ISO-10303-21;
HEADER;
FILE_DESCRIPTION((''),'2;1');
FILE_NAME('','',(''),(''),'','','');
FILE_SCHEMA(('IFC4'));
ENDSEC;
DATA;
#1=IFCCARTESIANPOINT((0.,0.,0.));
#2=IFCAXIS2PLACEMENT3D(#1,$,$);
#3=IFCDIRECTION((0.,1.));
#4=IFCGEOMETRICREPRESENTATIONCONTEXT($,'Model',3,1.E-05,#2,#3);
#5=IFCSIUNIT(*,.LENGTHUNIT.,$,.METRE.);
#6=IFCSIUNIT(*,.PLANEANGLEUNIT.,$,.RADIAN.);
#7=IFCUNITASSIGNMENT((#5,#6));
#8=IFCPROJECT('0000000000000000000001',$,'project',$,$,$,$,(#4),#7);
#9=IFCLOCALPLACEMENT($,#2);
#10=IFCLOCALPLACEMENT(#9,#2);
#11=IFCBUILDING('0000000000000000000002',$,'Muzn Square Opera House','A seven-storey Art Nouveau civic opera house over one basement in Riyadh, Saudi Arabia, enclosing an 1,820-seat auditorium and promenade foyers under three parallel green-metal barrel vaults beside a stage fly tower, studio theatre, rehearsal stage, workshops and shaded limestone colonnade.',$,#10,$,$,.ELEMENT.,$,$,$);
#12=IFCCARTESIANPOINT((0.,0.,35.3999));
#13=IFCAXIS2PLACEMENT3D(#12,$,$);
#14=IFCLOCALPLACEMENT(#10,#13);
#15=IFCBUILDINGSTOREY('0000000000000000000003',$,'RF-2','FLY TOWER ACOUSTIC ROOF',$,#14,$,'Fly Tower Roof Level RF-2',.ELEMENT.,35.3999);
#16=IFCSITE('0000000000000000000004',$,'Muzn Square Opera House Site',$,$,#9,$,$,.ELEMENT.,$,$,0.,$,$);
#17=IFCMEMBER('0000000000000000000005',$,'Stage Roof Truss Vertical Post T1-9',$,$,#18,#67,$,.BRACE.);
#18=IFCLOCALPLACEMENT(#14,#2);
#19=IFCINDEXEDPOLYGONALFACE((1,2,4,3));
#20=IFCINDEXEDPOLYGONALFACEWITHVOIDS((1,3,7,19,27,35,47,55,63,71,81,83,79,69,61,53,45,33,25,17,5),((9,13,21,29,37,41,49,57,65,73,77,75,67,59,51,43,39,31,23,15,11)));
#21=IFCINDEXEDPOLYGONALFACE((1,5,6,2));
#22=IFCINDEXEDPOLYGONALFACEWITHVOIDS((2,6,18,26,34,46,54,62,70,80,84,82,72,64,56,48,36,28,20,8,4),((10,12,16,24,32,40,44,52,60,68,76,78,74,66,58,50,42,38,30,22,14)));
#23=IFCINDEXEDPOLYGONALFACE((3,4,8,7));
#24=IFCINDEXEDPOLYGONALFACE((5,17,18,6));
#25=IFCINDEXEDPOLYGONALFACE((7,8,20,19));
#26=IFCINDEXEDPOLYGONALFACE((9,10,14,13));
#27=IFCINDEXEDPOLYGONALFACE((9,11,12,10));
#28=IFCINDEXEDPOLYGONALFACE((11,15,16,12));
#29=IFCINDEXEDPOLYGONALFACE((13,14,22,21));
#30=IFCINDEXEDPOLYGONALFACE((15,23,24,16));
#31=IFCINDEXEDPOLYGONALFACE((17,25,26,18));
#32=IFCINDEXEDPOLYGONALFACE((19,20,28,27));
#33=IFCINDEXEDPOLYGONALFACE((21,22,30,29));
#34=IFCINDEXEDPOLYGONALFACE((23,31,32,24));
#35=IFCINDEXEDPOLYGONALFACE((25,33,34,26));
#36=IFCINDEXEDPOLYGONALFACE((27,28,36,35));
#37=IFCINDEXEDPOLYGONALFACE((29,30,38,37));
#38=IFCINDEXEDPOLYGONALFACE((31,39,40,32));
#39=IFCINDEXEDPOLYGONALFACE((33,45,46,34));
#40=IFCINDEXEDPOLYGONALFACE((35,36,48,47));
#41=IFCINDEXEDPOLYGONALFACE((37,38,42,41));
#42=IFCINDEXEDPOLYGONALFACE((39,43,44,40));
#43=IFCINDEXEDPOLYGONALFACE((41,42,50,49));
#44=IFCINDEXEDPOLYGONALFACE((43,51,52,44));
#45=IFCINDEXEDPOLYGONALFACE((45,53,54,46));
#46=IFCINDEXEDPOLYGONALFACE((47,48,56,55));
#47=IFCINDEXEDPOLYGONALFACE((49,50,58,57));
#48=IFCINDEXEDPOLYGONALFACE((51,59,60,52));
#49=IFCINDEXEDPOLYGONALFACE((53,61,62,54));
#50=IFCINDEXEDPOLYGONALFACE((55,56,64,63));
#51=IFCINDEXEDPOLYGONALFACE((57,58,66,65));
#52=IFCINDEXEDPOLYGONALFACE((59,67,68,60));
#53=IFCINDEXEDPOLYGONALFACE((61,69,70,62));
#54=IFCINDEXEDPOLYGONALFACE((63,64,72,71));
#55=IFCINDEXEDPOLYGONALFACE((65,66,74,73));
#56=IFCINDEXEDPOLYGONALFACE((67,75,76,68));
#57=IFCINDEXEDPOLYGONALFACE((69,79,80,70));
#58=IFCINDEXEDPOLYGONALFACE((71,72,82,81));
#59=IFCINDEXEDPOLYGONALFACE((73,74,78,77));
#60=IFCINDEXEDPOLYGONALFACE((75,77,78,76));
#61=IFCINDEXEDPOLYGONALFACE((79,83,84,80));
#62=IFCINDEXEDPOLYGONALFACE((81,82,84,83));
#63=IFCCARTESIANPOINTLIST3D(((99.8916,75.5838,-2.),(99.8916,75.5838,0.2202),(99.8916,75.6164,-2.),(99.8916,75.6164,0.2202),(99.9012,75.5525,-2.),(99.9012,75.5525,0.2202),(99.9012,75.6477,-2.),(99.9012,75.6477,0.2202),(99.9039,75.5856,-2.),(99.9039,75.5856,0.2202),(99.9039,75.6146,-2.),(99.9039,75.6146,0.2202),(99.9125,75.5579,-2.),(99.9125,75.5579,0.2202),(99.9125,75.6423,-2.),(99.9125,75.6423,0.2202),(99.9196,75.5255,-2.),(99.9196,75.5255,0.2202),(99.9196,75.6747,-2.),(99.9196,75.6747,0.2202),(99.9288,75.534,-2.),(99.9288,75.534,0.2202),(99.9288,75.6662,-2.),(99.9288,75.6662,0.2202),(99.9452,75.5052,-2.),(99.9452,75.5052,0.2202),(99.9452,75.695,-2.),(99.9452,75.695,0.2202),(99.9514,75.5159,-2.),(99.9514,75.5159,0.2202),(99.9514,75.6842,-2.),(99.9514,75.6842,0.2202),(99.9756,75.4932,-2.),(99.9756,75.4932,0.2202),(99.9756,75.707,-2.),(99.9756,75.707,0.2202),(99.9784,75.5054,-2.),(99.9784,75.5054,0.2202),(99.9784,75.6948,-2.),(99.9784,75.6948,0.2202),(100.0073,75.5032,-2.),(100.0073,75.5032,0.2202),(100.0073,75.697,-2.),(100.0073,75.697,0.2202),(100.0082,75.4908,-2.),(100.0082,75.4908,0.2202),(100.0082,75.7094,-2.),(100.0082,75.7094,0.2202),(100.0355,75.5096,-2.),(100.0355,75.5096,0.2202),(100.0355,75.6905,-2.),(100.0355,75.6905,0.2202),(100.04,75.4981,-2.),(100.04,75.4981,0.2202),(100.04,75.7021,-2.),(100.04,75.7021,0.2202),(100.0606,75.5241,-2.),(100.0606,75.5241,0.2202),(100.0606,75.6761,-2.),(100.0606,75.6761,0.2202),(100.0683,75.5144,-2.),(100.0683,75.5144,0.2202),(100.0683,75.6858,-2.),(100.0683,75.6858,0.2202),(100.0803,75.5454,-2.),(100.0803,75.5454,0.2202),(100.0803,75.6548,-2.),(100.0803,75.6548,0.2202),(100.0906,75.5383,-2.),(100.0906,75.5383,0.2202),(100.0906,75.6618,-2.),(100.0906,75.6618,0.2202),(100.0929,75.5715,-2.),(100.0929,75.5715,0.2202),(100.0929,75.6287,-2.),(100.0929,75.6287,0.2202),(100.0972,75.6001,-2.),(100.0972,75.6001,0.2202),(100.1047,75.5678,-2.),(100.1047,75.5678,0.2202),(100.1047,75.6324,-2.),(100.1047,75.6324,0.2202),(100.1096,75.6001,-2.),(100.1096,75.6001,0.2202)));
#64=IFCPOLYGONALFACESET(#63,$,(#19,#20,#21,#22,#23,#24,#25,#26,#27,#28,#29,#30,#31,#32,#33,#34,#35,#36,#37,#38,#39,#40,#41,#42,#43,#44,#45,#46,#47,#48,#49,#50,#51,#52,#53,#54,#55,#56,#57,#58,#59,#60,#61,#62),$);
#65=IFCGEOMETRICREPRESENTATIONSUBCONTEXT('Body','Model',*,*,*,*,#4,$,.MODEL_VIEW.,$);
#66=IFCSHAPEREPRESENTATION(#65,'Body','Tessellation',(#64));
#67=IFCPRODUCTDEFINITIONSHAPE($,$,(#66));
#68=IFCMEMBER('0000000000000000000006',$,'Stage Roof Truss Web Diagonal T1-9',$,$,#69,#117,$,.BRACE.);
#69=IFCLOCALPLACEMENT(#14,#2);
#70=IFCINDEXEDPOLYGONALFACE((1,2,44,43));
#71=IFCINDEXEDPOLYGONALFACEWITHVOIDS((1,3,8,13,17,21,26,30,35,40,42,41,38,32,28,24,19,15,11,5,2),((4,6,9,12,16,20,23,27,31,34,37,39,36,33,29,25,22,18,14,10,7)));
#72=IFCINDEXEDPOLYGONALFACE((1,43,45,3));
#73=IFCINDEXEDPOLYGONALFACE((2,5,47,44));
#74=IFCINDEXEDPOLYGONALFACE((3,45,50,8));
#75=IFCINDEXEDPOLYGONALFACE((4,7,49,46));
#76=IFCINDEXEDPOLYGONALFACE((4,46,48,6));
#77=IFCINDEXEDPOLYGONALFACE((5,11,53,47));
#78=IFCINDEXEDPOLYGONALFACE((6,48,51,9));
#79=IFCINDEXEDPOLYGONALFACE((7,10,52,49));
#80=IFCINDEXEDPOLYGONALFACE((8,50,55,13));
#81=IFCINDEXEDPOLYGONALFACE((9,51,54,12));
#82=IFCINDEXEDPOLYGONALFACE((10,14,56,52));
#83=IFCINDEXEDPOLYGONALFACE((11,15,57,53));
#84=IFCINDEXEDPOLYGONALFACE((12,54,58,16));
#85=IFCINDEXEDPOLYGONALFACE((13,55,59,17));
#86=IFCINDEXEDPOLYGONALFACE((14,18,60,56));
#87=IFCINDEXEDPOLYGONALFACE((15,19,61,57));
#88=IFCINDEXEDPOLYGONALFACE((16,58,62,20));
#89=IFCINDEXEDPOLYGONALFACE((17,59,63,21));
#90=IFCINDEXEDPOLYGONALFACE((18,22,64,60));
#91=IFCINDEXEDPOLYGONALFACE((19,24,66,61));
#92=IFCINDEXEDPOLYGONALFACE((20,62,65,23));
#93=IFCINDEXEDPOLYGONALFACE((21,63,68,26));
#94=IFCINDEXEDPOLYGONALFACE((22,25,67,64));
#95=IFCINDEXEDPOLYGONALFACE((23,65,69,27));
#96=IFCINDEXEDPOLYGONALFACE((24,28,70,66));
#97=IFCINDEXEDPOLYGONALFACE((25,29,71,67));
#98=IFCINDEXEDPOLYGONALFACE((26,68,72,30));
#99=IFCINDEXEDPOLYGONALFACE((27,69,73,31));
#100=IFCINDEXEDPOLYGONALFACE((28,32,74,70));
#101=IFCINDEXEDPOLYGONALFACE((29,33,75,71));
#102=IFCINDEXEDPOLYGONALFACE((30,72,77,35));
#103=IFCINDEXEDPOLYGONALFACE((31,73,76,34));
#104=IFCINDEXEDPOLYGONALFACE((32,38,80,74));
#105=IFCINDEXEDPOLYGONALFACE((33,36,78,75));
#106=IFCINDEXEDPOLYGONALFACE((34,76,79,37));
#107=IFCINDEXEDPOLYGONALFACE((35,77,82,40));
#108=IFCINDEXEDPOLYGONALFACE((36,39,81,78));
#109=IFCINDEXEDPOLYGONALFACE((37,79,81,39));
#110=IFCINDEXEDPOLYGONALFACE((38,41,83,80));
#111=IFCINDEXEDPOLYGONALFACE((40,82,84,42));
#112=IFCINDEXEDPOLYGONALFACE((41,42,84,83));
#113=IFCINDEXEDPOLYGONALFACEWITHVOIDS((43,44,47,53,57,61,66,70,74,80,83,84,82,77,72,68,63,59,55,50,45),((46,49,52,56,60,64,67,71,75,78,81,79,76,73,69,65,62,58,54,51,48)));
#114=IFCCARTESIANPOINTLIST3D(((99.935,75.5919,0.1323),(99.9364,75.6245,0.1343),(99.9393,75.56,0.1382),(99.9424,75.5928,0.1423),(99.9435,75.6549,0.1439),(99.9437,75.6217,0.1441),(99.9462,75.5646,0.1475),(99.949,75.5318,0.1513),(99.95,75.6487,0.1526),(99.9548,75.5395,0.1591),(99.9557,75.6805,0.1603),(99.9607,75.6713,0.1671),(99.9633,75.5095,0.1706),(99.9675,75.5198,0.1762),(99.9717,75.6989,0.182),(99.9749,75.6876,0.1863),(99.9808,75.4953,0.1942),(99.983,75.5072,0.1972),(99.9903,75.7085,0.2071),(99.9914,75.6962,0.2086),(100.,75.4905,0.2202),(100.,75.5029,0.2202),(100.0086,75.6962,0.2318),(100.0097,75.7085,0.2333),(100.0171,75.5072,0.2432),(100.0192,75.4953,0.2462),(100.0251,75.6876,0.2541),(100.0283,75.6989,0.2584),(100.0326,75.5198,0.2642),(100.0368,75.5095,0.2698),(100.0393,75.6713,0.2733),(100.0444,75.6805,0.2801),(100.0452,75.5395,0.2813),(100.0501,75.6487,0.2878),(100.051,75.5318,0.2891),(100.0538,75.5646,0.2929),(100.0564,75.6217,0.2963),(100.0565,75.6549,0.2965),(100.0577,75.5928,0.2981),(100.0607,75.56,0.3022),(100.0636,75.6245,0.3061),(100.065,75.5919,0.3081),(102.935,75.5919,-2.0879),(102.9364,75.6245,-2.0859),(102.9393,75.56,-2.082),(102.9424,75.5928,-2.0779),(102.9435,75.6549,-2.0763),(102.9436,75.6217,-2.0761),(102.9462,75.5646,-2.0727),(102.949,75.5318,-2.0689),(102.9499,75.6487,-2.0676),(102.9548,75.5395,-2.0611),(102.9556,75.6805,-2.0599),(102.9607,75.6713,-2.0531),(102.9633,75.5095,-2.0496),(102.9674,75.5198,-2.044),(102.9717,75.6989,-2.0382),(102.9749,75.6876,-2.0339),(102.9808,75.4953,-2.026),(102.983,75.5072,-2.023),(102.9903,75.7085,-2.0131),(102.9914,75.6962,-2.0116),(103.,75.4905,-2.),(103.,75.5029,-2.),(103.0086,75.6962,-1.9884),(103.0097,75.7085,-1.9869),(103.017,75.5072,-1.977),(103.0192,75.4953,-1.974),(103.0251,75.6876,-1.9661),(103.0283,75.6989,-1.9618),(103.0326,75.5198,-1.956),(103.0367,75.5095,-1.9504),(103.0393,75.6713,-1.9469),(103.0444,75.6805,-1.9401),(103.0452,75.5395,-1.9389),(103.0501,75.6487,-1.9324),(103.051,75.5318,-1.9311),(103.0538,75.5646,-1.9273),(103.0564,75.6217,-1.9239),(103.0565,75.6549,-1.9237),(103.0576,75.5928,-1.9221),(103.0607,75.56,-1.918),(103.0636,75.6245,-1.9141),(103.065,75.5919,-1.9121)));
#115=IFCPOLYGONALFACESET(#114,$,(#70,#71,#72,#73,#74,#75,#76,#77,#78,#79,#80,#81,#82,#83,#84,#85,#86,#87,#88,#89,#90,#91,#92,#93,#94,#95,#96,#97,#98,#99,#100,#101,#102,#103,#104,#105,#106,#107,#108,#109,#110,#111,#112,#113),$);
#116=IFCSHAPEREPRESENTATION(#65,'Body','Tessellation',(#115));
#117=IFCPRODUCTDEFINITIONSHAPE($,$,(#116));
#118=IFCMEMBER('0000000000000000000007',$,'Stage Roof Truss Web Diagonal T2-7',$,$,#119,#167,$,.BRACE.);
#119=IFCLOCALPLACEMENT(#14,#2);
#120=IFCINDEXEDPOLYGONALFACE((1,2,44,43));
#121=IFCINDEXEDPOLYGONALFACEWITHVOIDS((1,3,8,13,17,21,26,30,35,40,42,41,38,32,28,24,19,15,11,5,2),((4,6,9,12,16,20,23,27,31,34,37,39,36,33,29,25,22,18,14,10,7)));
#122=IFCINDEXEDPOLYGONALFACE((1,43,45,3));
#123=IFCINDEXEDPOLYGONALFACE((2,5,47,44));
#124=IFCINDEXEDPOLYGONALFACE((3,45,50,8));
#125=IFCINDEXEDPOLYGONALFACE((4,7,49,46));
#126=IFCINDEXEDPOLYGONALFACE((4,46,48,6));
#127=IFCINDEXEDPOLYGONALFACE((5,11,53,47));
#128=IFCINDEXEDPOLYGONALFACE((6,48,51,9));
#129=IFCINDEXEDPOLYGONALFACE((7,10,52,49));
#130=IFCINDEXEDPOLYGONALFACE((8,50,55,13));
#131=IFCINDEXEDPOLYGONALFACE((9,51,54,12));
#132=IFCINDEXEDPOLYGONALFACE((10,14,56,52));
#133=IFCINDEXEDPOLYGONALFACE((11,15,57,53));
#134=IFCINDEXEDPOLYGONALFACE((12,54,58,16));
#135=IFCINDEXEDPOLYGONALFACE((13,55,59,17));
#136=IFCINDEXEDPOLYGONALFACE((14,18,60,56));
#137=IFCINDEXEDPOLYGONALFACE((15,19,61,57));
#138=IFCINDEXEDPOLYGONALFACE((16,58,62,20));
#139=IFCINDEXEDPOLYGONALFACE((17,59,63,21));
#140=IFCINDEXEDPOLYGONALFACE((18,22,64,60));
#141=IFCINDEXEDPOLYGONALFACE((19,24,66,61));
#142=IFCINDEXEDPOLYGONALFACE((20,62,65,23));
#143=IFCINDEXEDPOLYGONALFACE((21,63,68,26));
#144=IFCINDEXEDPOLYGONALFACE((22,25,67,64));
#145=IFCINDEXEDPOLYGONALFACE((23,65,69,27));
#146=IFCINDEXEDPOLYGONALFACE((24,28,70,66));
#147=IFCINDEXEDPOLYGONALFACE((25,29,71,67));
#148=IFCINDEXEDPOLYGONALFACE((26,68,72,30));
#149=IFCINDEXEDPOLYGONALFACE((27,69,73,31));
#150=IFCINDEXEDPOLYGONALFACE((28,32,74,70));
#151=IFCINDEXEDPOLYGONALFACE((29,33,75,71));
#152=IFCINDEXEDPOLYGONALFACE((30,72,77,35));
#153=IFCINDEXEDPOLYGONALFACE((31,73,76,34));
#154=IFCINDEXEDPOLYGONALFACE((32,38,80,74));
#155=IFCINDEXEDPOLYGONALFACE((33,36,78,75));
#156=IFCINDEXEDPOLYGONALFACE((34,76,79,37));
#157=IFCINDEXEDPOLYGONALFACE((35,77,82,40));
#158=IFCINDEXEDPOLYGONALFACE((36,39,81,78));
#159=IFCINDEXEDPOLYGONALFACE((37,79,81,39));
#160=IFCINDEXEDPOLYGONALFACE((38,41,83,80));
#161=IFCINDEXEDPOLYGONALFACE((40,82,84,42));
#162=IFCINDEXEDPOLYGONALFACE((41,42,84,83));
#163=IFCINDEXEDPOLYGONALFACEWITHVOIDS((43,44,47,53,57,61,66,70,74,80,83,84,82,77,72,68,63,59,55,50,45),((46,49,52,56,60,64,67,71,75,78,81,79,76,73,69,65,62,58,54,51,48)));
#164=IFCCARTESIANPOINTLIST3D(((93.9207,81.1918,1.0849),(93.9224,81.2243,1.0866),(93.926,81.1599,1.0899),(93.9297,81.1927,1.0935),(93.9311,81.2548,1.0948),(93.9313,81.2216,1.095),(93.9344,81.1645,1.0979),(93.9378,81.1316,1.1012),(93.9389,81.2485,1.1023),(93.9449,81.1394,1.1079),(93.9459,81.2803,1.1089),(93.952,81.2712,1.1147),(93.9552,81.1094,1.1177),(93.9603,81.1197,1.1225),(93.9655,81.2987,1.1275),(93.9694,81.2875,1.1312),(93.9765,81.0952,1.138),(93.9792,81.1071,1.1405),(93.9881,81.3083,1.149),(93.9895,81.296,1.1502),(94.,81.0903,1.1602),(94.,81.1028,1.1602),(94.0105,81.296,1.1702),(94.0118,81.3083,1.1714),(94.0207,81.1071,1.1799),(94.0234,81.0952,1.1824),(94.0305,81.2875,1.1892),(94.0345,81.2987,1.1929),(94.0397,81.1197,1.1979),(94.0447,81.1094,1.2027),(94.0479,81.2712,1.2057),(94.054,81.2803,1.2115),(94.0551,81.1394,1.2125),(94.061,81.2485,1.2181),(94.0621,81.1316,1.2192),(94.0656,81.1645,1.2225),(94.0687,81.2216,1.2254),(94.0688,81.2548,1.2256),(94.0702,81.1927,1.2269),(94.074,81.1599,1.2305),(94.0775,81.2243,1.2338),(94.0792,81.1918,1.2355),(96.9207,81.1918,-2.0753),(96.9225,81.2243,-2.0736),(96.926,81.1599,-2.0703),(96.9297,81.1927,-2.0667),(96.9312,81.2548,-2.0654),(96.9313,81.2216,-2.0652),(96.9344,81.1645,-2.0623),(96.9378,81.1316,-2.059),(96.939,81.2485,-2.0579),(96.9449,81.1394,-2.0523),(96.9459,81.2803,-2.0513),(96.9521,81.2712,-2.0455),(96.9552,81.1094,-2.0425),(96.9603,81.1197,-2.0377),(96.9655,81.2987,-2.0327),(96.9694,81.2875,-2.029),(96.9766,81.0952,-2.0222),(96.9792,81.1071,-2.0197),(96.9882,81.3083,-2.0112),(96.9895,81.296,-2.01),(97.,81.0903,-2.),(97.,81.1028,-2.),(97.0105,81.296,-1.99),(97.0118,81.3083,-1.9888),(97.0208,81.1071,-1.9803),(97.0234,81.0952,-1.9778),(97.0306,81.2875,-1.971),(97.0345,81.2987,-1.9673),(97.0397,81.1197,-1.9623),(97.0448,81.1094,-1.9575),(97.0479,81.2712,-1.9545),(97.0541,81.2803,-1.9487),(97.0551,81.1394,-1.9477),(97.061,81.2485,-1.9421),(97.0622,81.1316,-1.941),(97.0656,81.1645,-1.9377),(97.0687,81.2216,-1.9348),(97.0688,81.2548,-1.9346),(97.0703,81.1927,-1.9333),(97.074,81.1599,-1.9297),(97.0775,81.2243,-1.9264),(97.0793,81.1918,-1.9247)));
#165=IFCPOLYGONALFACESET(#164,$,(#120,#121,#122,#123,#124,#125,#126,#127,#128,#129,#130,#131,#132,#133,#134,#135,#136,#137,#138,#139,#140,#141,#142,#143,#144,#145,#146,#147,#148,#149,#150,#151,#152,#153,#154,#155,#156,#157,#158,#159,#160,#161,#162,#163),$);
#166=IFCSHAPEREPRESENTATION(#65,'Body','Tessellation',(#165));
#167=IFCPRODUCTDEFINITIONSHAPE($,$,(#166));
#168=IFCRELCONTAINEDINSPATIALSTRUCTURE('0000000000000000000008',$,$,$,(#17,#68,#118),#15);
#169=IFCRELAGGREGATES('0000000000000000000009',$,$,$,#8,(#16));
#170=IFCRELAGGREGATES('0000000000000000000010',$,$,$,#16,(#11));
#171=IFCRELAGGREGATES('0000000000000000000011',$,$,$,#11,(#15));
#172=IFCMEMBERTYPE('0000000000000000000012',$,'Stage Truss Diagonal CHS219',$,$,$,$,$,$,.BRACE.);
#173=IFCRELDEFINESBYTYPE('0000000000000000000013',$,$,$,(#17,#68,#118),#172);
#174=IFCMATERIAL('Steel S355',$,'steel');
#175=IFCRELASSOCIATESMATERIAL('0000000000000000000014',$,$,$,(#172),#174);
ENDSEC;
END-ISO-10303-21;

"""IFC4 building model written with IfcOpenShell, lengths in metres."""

from ifc_helpers import new_model, si_unit, direction, frame, origin, origin_2d, place, context, subcontext, project, spatial, hollow_circle, extrude, material, material_profile, profile_set, type_object, element, save


model = new_model("IFC4")

# Units and contexts
model_context = context("Model", 3, precision=1e-05, world=origin(), true_north=direction((0.0, 1.0)))
body_context = subcontext(model_context, "Body", "Model", "MODEL_VIEW")
ifc_project = project(units=[si_unit("LENGTHUNIT", "METRE"), si_unit("PLANEANGLEUNIT", "RADIAN")], contexts=[model_context])

# Site, building, storey
site_placement = place(None, origin())
site = spatial("IfcSite", under=ifc_project, at=site_placement, Name="Muzn Square Opera House Site", CompositionType="ELEMENT", RefElevation=0.0)
building_placement = place(site_placement, origin())
building = spatial("IfcBuilding", under=site, at=building_placement, Name="Muzn Square Opera House", Description="A seven-storey Art Nouveau civic opera house over one basement in Riyadh, Saudi Arabia, enclosing an 1,820-seat auditorium and promenade foyers under three parallel green-metal barrel vaults beside a stage fly tower, studio theatre, rehearsal stage, workshops and shaded limestone colonnade.", CompositionType="ELEMENT")
storey_placement = place(building_placement, frame((0.0, 0.0, 35.3999)))
storey = spatial("IfcBuildingStorey", under=building, at=storey_placement, Name="RF-2", Description="FLY TOWER ACOUSTIC ROOF", LongName="Fly Tower Roof Level RF-2", CompositionType="ELEMENT", Elevation=35.3999)

# Members
ifc_material_1 = material(Name="Steel S355", Category="steel")
ifc_material_profile_1 = material_profile(ifc_material_1, hollow_circle(Radius=0.1096, WallThickness=0.0125, at=origin_2d()), Name="CHS 219.1x12.5", Category="steel")
ifc_profile_set_1 = profile_set([ifc_material_profile_1], Name="Steel S355")
member_type_1 = type_object("IfcMemberType", Name="Stage Truss Diagonal CHS219", PredefinedType="BRACE", material=ifc_profile_set_1)
member_1_placement = place(storey_placement, frame((100.0, 75.6001, -2.0), z_axis=(0.0, 0.0, 1.0), x_axis=(1.0, 0.0, 0.0)))
element("IfcMember", 1, at=member_1_placement, inside=storey, type_object=member_type_1, Name="Stage Roof Truss Vertical Post T1-9", PredefinedType="BRACE", context=body_context, shape_type="SweptSolid", body=[
    extrude(hollow_circle(Radius=0.1096, WallThickness=0.0125, at=origin_2d()), origin(), (0.0, 0.0, 1.0), 2.2202),
])
member_2_placement = place(storey_placement, frame((103.0, 75.6001, -2.0), z_axis=(-0.803814, 0.0, 0.59488), x_axis=(0.0, -1.0, 0.0)))
element("IfcMember", 2, at=member_2_placement, inside=storey, type_object=member_type_1, Name="Stage Roof Truss Web Diagonal T1-9", PredefinedType="BRACE", context=body_context, shape_type="SweptSolid", body=[
    extrude(hollow_circle(Radius=0.1096, WallThickness=0.0125, at=origin_2d()), origin(), (0.0, 0.0, 1.0), 3.7322),
])
member_3_placement = place(storey_placement, frame((97.0, 81.2, -2.0), z_axis=(-0.68849, 0.0, 0.725246), x_axis=(0.0, -1.0, 0.0)))
element("IfcMember", 3, at=member_3_placement, inside=storey, type_object=member_type_1, Name="Stage Roof Truss Web Diagonal T2-7", PredefinedType="BRACE", context=body_context, shape_type="SweptSolid", body=[
    extrude(hollow_circle(Radius=0.1096, WallThickness=0.0125, at=origin_2d()), origin(), (0.0, 0.0, 1.0), 4.3574),
])

save(model, "model.ifc")
